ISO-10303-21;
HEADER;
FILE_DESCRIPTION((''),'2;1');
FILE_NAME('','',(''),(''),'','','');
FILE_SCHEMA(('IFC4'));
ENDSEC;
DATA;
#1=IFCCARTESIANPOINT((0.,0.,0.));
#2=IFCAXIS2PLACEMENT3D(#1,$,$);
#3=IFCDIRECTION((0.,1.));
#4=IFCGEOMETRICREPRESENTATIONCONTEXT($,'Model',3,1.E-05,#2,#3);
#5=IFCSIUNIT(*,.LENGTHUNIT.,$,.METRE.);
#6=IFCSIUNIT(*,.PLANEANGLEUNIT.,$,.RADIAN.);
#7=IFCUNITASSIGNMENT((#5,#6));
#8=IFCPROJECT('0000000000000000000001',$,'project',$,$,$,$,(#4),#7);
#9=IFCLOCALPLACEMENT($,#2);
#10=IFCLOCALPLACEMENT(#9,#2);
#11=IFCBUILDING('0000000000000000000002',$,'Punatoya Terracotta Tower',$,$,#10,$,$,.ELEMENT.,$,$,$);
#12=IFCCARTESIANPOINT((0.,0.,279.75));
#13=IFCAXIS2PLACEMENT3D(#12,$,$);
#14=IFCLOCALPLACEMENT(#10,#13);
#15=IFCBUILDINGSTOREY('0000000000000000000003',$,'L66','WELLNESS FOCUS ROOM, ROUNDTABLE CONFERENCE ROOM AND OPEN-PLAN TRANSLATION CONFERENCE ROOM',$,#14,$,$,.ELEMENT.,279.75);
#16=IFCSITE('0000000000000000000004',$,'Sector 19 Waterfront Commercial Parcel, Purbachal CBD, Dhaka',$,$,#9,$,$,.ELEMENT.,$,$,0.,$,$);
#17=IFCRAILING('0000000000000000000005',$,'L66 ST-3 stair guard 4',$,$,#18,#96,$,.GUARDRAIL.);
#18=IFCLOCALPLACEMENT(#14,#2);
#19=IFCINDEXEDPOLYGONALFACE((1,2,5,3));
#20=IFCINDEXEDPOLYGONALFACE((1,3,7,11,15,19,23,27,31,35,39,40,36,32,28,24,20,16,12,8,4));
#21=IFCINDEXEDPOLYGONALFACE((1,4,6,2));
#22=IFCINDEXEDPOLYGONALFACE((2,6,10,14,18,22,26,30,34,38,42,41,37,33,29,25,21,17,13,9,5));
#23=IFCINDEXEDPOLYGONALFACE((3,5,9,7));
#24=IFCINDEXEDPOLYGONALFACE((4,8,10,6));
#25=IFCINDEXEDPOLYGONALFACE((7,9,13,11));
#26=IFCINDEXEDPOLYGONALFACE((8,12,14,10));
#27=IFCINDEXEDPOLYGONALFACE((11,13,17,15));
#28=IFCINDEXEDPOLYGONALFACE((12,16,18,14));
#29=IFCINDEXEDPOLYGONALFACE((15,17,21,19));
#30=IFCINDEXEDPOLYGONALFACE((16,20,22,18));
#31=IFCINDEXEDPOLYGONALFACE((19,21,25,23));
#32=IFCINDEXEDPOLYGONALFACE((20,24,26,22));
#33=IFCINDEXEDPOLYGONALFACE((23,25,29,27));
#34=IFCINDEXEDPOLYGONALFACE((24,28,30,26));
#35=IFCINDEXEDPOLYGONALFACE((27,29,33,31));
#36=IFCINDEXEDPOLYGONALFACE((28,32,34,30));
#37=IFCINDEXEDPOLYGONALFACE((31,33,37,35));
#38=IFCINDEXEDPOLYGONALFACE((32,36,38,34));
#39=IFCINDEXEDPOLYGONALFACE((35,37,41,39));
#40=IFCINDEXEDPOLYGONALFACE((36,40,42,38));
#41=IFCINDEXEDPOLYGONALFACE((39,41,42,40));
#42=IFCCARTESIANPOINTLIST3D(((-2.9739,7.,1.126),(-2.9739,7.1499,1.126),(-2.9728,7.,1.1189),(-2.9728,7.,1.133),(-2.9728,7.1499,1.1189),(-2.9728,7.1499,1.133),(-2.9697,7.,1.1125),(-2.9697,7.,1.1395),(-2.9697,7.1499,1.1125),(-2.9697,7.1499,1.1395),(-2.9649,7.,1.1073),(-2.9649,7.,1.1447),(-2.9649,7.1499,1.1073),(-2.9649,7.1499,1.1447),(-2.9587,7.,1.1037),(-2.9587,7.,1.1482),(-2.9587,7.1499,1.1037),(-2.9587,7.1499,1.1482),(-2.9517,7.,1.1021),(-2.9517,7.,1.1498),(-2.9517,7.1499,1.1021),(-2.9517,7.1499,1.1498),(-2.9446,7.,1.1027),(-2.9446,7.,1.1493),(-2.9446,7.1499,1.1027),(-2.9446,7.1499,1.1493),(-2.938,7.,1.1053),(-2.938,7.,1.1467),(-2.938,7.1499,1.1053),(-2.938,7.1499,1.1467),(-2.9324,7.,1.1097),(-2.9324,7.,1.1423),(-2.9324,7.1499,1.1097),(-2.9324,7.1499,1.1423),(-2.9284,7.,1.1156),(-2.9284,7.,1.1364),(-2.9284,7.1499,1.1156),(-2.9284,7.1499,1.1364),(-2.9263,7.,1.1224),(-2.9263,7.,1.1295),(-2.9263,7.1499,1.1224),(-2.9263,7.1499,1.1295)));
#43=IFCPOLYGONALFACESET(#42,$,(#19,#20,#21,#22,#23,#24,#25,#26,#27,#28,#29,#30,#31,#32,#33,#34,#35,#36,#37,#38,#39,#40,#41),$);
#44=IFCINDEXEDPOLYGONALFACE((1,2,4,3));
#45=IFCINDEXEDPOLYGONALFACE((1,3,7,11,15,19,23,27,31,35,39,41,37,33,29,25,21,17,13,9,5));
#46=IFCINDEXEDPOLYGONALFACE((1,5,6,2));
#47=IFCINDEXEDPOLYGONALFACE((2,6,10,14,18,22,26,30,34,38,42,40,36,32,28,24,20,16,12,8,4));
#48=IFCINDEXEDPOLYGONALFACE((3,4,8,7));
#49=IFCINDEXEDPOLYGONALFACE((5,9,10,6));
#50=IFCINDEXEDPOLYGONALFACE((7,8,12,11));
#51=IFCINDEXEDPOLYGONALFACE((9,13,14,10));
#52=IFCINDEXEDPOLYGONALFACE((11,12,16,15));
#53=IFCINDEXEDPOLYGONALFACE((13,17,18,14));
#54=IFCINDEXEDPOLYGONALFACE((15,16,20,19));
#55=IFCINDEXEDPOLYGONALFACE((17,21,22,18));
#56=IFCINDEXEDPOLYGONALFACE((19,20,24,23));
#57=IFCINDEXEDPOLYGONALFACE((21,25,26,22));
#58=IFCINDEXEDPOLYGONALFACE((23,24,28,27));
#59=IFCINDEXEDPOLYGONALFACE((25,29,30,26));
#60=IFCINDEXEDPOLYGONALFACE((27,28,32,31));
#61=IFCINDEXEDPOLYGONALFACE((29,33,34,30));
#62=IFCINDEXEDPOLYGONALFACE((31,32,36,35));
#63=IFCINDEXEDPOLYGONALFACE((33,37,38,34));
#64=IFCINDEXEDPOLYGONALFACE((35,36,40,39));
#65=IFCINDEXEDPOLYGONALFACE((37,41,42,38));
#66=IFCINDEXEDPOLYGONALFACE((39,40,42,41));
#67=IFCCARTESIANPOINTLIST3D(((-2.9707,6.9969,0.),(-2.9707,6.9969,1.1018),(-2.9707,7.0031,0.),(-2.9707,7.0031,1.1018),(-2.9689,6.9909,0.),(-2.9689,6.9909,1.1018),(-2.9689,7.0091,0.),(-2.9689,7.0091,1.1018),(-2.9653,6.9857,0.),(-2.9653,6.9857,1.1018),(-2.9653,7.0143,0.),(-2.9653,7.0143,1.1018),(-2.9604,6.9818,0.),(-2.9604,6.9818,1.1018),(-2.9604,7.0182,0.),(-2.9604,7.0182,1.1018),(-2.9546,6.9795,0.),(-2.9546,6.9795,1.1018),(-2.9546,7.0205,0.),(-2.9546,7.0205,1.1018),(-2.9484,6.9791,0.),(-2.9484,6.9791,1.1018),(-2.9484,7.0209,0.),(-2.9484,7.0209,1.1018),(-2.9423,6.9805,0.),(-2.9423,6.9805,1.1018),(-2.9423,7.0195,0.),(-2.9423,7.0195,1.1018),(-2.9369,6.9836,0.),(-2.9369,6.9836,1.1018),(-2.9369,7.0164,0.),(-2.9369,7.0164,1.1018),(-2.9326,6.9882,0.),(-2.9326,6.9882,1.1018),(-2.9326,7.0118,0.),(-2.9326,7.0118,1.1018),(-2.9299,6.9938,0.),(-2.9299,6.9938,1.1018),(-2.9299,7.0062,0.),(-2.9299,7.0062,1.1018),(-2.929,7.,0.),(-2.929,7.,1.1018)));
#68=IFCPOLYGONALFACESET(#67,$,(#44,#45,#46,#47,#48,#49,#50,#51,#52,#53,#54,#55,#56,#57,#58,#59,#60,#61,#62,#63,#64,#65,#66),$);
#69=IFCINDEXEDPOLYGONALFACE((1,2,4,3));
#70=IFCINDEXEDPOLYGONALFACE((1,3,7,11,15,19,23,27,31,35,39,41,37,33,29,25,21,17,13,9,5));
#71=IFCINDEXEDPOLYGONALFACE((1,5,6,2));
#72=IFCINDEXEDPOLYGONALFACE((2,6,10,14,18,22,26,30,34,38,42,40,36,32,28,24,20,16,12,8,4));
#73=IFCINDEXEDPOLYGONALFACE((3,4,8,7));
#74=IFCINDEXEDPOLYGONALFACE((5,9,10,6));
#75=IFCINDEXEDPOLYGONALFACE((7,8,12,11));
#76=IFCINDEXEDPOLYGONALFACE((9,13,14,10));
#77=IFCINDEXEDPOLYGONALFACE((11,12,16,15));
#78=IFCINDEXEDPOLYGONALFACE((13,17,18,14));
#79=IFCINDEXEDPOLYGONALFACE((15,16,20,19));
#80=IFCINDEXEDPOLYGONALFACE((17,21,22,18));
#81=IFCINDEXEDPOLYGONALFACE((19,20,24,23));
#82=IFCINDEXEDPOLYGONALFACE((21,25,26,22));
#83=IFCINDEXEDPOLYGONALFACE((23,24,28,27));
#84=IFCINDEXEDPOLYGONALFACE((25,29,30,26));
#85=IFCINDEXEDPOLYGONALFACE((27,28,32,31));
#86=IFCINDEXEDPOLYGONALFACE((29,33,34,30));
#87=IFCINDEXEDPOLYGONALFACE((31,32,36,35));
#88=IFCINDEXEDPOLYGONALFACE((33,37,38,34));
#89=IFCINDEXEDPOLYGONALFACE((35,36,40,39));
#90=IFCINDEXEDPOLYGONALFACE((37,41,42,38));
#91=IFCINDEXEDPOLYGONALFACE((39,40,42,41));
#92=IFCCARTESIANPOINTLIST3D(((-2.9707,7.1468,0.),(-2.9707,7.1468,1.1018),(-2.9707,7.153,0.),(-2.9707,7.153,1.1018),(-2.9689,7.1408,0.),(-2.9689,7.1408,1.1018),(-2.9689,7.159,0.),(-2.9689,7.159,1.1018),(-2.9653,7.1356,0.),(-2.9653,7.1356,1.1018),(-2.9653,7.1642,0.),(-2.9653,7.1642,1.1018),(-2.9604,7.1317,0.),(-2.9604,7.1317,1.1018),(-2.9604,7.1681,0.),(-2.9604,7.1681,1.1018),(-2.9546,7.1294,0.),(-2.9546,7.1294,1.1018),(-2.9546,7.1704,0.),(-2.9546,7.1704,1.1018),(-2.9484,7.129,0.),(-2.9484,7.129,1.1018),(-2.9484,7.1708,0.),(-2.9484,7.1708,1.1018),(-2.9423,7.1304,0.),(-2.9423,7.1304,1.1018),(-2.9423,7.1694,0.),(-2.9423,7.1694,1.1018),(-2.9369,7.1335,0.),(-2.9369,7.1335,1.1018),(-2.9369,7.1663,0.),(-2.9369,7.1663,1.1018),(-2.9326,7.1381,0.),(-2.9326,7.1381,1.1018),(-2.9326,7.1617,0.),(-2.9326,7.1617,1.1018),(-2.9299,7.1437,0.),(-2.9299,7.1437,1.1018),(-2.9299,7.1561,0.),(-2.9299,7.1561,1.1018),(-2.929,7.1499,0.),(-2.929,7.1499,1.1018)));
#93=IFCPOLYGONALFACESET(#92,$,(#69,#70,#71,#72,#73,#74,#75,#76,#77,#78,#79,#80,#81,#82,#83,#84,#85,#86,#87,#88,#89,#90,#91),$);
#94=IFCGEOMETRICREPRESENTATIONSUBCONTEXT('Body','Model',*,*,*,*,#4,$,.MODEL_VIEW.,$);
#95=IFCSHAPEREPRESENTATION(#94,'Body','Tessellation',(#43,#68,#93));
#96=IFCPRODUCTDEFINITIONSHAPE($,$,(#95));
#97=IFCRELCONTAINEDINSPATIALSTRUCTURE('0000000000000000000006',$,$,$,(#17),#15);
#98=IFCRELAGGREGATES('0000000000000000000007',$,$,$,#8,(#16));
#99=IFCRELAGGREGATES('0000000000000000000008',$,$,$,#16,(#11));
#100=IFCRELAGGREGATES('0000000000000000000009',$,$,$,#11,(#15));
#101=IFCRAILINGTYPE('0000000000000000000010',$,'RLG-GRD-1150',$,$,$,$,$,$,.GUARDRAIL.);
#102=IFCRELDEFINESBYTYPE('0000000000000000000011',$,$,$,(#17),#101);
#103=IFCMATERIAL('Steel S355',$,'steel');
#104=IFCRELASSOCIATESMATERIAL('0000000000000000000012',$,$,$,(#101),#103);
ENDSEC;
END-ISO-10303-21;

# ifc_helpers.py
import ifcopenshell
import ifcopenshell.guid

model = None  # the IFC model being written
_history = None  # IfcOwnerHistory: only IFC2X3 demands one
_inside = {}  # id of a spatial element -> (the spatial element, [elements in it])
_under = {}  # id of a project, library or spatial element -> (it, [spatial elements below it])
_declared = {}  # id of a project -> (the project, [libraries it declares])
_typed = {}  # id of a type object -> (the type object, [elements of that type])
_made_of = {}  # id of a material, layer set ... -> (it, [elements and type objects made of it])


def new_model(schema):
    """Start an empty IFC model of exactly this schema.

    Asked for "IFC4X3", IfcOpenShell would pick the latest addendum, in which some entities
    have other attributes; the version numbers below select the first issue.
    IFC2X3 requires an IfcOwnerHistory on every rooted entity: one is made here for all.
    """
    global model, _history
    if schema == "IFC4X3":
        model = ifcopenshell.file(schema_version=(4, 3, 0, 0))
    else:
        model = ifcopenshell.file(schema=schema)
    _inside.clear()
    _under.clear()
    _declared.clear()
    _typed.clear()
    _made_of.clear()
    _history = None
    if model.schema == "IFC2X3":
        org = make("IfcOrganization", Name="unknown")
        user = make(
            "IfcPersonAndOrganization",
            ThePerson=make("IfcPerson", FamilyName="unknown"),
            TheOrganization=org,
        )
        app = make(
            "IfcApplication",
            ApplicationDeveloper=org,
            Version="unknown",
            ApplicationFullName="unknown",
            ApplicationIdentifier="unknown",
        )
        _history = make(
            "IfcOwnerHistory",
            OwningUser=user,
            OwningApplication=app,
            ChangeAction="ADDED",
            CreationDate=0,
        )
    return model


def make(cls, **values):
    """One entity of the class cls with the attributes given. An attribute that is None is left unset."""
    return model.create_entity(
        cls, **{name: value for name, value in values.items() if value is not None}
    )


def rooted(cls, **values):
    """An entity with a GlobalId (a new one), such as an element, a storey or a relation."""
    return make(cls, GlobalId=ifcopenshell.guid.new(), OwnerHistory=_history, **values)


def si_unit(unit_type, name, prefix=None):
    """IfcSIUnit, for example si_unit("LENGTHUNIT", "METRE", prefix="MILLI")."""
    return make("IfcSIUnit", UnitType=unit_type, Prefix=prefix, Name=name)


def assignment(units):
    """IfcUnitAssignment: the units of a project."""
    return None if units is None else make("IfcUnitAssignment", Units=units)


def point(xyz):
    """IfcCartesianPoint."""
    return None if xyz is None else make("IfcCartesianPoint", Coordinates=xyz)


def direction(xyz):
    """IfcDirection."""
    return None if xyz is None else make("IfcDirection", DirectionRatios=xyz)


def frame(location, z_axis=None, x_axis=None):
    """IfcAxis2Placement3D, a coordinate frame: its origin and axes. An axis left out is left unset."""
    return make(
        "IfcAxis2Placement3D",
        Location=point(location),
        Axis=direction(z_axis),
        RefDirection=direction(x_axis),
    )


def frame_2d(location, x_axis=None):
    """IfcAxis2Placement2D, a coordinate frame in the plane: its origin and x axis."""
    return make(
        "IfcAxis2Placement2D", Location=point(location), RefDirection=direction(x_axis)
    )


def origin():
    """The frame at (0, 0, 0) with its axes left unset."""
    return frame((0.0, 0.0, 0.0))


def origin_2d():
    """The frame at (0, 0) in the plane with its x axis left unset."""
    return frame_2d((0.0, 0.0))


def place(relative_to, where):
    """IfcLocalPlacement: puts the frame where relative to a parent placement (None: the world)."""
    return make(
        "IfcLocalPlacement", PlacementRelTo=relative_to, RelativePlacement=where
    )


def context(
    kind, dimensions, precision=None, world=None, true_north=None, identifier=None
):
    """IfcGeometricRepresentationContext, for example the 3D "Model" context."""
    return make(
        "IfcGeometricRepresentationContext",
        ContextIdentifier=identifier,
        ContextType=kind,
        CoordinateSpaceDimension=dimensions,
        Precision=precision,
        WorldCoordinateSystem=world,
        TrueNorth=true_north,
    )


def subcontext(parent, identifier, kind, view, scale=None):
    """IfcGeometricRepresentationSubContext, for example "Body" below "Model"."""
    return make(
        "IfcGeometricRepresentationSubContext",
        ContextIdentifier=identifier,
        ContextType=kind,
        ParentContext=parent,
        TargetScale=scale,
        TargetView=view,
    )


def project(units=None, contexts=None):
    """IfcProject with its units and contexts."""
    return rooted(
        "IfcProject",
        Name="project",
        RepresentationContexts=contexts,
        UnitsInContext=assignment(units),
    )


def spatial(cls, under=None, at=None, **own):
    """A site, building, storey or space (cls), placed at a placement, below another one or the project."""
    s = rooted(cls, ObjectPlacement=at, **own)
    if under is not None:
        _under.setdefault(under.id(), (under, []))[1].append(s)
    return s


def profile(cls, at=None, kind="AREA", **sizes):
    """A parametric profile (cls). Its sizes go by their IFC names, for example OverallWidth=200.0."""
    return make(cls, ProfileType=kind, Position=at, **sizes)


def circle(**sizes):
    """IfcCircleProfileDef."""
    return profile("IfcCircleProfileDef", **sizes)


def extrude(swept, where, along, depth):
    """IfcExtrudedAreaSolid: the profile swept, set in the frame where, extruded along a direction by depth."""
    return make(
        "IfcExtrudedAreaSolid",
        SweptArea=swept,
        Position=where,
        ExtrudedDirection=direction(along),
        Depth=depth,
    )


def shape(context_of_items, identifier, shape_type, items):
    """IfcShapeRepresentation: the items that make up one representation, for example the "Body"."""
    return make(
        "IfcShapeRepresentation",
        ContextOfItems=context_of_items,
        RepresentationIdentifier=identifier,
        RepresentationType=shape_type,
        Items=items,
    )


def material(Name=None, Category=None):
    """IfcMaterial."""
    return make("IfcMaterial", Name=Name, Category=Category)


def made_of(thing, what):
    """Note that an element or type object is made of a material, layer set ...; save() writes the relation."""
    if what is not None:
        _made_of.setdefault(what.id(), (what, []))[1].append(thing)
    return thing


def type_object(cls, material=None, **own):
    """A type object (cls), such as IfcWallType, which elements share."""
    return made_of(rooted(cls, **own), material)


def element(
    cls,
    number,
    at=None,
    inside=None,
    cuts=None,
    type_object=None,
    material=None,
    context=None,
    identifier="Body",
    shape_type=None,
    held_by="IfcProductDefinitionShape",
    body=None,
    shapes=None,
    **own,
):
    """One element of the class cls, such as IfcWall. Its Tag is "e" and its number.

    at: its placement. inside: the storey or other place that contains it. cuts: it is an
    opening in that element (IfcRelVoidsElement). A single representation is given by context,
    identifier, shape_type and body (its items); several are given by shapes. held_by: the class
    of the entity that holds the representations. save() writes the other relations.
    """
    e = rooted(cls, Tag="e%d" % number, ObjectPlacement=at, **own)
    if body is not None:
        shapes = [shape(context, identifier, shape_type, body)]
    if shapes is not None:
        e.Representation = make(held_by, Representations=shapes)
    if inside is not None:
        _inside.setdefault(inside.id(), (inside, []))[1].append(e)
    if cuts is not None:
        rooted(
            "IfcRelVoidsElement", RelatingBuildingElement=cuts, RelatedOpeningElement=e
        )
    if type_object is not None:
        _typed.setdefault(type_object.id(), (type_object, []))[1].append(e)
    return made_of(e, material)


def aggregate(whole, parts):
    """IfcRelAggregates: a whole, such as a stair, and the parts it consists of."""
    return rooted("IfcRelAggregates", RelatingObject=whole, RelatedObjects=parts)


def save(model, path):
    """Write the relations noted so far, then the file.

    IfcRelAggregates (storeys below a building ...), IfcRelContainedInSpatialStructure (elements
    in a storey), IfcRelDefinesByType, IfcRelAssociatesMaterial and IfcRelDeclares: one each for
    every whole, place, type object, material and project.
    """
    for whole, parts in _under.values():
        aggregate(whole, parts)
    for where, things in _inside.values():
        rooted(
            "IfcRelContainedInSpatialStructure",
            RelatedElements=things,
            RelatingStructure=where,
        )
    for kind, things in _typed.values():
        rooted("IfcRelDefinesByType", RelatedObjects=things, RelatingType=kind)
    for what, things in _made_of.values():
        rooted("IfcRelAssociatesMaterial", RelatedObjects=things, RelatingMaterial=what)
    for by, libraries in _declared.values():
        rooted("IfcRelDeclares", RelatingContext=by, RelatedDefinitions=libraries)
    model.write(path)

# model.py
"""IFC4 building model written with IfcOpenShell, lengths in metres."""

from ifc_helpers import new_model, si_unit, direction, frame, origin, origin_2d, place, context, subcontext, project, spatial, circle, extrude, material, type_object, element, save


model = new_model("IFC4")

# Units and contexts
model_context = context("Model", 3, precision=1e-05, world=origin(), true_north=direction((0.0, 1.0)))
body_context = subcontext(model_context, "Body", "Model", "MODEL_VIEW")
ifc_project = project(units=[si_unit("LENGTHUNIT", "METRE"), si_unit("PLANEANGLEUNIT", "RADIAN")], contexts=[model_context])

# Site, building, storey
site_placement = place(None, origin())
site = spatial("IfcSite", under=ifc_project, at=site_placement, Name="Sector 19 Waterfront Commercial Parcel, Purbachal CBD, Dhaka", CompositionType="ELEMENT", RefElevation=0.0)
building_placement = place(site_placement, origin())
building = spatial("IfcBuilding", under=site, at=building_placement, Name="Punatoya Terracotta Tower", CompositionType="ELEMENT")
storey_placement = place(building_placement, frame((0.0, 0.0, 279.75)))
storey = spatial("IfcBuildingStorey", under=building, at=storey_placement, Name="L66", Description="WELLNESS FOCUS ROOM, ROUNDTABLE CONFERENCE ROOM AND OPEN-PLAN TRANSLATION CONFERENCE ROOM", CompositionType="ELEMENT", Elevation=279.75)

# Shared definitions
ifc_material_1 = material(Name="Steel S355", Category="steel")

# Railing
railing_type_1 = type_object("IfcRailingType", Name="RLG-GRD-1150", PredefinedType="GUARDRAIL", material=ifc_material_1)
railing_1_placement = place(storey_placement, frame((-2.95, 7.0, 0.0)))
element("IfcRailing", 1, at=railing_1_placement, inside=storey, type_object=railing_type_1, Name="L66 ST-3 stair guard 4", PredefinedType="GUARDRAIL", context=body_context, shape_type="SweptSolid", body=[
    extrude(circle(Radius=0.0239, at=origin_2d()), frame((0.0, 0.0, 1.126), z_axis=(0.0, 1.0, 0.0), x_axis=(-1.0, 0.0, 0.0)), (0.0, 0.0, 1.0), 0.1499),
    extrude(circle(Radius=0.021, at=origin_2d()), origin(), (0.0, 0.0, 1.0), 1.1018),
    extrude(circle(Radius=0.021, at=origin_2d()), frame((0.0, 0.1499, 0.0)), (0.0, 0.0, 1.0), 1.1018),
])

save(model, "model.ifc")
